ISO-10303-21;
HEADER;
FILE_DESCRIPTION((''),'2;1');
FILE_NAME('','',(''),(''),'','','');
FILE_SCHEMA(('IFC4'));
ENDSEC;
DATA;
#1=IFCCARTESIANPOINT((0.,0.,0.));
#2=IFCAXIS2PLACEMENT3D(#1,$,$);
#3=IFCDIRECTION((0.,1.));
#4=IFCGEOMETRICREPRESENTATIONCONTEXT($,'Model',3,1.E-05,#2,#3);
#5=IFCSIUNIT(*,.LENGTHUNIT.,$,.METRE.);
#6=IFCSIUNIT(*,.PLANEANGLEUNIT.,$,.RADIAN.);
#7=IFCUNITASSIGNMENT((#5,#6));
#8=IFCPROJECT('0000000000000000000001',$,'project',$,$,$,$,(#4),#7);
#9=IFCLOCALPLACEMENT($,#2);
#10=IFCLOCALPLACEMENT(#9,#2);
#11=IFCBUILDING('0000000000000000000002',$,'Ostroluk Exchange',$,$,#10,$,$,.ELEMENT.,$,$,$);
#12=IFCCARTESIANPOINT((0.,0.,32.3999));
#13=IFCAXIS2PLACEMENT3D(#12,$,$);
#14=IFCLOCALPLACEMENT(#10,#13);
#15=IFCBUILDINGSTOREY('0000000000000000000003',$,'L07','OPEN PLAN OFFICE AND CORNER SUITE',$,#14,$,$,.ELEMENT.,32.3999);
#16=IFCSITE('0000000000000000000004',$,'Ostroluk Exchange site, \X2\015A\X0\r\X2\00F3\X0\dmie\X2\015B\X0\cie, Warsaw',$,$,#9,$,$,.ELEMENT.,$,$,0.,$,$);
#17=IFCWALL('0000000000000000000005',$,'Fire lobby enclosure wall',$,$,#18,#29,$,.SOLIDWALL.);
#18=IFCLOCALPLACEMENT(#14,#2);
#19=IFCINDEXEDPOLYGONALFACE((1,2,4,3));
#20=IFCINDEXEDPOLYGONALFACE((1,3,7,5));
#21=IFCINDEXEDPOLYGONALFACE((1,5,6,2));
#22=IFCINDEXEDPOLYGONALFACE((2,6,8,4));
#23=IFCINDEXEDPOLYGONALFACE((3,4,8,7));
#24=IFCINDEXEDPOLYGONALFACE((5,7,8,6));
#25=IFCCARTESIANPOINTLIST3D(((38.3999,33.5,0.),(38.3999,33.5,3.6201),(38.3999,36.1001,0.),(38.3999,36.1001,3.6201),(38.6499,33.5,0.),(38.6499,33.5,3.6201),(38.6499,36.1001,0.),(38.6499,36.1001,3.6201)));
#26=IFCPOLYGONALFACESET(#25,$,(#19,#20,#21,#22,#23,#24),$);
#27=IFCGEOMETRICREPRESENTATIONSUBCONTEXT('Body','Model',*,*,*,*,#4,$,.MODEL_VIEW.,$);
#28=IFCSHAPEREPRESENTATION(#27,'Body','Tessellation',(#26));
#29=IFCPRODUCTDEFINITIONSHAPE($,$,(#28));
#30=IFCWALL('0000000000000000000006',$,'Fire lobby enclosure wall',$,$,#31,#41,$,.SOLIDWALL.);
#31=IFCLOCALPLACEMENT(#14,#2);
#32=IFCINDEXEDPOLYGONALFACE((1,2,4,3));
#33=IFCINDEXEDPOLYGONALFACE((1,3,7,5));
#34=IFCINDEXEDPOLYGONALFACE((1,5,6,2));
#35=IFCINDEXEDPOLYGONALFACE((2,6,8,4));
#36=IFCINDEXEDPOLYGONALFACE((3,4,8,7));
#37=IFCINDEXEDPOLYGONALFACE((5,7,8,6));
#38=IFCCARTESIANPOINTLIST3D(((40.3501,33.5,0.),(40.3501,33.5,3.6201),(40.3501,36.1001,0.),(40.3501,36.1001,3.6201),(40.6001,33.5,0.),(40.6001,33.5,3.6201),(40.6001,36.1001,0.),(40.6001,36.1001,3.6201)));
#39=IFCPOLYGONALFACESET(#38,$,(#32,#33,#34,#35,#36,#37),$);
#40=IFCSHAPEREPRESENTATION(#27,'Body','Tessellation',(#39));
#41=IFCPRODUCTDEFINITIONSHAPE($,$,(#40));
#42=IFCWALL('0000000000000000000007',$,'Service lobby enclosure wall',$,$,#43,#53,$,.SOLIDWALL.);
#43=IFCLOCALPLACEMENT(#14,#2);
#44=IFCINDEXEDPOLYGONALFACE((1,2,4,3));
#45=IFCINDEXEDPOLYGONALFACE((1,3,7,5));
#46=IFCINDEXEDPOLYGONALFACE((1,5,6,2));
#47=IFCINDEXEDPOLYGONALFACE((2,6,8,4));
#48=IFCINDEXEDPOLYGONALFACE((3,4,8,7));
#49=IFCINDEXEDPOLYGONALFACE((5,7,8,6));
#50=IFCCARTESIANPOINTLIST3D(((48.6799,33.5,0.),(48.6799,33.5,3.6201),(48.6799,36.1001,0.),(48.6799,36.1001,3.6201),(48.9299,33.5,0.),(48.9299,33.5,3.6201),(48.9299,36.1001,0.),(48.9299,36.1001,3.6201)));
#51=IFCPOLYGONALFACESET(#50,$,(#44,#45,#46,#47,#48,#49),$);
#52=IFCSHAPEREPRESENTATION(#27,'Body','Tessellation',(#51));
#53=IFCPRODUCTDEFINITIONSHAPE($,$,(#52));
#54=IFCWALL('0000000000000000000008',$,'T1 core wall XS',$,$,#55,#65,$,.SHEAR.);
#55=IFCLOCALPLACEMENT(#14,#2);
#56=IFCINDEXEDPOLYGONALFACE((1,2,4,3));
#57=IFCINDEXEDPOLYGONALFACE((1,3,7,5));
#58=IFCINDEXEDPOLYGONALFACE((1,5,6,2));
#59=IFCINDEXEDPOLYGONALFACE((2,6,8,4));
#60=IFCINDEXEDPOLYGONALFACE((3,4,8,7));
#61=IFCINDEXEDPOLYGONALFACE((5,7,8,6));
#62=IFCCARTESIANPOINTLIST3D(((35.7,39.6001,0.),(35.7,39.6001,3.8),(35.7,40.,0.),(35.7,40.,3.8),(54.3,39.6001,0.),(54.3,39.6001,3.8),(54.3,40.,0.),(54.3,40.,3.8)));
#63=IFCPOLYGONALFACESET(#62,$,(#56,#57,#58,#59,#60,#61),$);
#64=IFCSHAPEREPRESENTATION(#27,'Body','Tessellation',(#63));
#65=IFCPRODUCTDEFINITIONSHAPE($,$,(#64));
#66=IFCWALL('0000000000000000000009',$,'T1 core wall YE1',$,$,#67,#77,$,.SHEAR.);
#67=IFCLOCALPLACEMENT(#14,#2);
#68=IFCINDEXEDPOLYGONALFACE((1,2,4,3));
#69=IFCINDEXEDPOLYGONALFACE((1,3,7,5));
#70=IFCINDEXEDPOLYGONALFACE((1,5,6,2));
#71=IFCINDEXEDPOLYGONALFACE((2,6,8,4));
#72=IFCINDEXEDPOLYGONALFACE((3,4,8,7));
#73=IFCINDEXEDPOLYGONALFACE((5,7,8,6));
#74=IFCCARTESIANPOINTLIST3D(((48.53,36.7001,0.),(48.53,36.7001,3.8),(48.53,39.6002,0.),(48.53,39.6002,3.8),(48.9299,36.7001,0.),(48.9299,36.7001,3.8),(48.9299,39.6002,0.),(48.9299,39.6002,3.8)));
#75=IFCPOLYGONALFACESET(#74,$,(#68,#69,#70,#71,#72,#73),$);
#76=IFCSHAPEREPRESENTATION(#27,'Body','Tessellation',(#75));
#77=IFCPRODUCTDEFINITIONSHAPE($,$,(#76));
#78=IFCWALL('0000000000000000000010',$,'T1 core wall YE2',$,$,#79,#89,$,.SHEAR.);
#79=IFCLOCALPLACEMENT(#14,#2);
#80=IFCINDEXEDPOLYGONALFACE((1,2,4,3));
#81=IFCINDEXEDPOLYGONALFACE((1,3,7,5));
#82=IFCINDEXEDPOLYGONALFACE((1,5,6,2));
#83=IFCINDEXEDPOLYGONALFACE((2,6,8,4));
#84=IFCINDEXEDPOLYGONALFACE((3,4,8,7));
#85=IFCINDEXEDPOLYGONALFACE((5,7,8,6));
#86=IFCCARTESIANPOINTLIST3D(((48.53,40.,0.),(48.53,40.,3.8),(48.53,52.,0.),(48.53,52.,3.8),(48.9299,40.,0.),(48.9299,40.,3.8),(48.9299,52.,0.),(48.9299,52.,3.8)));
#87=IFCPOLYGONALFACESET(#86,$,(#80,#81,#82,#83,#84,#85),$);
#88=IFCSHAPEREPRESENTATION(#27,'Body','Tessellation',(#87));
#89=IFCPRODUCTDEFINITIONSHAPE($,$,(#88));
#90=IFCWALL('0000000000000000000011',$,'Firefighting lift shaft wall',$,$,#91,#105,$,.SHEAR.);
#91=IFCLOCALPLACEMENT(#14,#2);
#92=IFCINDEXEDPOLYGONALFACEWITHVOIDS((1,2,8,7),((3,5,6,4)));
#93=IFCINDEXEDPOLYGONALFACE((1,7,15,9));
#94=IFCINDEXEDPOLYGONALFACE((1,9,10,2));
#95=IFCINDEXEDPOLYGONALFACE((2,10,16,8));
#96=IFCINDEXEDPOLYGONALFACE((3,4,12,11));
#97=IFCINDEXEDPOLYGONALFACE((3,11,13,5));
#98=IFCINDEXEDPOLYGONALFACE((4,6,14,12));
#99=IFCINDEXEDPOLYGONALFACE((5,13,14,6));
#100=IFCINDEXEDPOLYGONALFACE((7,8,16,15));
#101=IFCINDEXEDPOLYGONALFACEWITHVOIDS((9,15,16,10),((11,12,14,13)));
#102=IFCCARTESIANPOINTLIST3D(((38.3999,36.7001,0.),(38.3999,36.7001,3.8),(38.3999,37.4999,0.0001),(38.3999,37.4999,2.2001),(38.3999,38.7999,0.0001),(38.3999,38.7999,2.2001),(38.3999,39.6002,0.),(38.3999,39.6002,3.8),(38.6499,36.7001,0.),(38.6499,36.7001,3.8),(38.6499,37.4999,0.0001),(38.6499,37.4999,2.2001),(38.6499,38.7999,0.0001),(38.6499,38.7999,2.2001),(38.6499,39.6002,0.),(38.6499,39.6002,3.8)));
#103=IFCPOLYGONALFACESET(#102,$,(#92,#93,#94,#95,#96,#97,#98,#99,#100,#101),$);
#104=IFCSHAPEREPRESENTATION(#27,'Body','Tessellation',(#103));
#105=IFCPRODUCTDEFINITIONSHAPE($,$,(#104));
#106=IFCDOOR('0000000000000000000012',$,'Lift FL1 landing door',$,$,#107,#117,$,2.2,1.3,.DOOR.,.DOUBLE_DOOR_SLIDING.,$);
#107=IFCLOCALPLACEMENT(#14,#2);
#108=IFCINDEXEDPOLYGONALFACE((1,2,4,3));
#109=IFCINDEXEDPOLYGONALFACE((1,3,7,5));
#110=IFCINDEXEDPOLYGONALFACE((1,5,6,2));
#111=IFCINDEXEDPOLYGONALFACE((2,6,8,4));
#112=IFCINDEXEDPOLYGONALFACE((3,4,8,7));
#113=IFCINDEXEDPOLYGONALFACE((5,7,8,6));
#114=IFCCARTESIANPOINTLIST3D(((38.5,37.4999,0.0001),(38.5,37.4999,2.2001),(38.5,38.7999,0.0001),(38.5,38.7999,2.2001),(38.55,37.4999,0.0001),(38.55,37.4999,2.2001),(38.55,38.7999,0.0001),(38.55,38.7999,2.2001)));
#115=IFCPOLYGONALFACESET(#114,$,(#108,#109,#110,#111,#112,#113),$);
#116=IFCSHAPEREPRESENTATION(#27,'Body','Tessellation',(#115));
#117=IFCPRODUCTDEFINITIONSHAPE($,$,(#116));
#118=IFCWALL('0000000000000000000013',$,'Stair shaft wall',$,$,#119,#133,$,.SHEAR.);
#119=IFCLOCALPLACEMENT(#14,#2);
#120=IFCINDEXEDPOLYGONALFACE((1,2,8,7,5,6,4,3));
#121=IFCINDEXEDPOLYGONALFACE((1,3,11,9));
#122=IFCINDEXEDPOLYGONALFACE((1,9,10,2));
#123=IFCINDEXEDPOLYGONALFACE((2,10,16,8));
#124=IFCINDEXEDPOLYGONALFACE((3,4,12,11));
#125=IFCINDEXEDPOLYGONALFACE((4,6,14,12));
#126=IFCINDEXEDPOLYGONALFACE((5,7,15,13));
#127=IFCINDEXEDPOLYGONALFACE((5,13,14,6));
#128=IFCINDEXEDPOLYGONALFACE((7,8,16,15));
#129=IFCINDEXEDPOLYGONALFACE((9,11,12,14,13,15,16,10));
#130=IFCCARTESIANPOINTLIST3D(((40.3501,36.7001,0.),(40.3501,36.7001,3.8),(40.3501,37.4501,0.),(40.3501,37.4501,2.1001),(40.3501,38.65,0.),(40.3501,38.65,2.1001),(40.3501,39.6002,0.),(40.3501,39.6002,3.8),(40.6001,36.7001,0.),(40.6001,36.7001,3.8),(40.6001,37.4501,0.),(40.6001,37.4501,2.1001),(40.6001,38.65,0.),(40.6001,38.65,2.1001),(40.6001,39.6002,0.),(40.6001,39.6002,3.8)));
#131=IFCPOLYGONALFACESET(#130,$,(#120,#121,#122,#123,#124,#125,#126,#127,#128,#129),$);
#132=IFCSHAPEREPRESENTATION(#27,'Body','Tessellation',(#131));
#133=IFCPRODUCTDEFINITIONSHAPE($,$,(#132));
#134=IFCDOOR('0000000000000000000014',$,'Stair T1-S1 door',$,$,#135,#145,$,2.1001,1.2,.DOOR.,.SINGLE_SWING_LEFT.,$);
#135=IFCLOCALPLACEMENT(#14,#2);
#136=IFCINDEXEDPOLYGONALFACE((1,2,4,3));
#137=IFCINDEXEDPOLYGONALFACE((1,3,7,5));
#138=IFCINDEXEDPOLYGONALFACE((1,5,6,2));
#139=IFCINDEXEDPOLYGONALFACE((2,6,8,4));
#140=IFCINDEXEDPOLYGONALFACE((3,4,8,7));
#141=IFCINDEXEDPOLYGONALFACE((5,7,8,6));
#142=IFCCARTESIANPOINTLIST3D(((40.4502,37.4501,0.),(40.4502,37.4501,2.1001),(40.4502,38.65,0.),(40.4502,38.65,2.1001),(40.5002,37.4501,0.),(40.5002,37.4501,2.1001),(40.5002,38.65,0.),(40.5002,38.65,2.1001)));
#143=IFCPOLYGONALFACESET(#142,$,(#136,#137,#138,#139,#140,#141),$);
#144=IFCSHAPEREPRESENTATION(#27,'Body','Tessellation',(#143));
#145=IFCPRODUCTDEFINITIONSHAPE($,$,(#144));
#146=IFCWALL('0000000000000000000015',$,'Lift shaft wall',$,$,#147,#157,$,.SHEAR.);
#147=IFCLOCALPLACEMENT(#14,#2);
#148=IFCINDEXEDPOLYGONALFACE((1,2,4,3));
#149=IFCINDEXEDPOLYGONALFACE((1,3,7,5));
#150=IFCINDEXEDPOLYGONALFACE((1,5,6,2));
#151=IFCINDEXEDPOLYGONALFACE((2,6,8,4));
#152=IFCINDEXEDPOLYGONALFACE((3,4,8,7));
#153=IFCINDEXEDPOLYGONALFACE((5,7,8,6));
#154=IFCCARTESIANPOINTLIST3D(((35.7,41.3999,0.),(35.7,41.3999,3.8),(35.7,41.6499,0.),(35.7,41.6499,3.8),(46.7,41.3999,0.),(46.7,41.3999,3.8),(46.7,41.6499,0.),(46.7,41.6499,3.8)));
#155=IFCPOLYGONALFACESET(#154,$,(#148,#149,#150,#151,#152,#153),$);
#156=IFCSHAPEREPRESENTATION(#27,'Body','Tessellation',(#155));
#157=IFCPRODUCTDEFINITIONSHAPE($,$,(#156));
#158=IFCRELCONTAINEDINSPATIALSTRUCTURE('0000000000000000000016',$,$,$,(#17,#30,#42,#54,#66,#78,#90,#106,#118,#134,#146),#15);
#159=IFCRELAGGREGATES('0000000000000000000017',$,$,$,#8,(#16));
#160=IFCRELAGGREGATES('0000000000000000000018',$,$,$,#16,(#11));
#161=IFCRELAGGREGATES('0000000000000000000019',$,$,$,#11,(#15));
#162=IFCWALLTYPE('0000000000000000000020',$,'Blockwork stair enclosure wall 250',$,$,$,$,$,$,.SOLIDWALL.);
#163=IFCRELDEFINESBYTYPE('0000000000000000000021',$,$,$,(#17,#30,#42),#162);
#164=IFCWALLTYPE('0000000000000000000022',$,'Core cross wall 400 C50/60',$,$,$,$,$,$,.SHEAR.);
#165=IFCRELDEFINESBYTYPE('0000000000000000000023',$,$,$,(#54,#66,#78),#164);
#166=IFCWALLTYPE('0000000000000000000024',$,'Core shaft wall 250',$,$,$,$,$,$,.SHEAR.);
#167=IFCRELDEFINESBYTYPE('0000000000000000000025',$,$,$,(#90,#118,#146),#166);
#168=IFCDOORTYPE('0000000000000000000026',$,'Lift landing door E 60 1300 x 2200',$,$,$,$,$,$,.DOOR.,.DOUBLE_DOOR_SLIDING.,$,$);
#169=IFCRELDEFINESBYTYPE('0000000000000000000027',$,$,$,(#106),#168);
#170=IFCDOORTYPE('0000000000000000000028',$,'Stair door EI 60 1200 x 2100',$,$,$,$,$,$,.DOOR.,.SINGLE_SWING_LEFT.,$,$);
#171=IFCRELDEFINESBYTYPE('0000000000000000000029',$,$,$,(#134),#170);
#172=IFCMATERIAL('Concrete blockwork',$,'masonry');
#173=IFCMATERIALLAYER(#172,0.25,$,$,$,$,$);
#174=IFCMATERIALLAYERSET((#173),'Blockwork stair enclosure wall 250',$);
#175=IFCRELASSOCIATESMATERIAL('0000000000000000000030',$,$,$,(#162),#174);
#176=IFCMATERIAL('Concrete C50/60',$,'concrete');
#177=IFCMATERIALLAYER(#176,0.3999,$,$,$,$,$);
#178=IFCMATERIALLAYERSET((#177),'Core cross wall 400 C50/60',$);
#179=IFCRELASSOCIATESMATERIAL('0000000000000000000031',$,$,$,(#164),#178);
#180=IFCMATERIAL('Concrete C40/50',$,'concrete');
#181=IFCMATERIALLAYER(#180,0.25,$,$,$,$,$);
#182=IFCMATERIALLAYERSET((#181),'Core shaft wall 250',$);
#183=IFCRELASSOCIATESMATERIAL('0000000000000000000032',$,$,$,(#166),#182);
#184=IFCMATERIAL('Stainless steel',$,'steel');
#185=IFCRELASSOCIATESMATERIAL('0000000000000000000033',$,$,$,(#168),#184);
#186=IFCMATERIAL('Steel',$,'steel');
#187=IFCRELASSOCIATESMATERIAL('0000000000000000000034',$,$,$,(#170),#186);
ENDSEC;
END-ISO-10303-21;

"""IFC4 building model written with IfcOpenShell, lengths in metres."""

from ifc_helpers import new_model, si_unit, direction, frame, frame_2d, origin, place, context, subcontext, project, spatial, rectangle, extrude, material, layer, layer_set, type_object, element, fill, save


model = new_model("IFC4")

# Units and contexts
model_context = context("Model", 3, precision=1e-05, world=origin(), true_north=direction((0.0, 1.0)))
body_context = subcontext(model_context, "Body", "Model", "MODEL_VIEW")
ifc_project = project(units=[si_unit("LENGTHUNIT", "METRE"), si_unit("PLANEANGLEUNIT", "RADIAN")], contexts=[model_context])

# Site, building, storey
site_placement = place(None, origin())
site = spatial("IfcSite", under=ifc_project, at=site_placement, Name="Ostroluk Exchange site, Śródmieście, Warsaw", CompositionType="ELEMENT", RefElevation=0.0)
building_placement = place(site_placement, origin())
building = spatial("IfcBuilding", under=site, at=building_placement, Name="Ostroluk Exchange", CompositionType="ELEMENT")
storey_placement = place(building_placement, frame((0.0, 0.0, 32.3999)))
storey = spatial("IfcBuildingStorey", under=building, at=storey_placement, Name="L07", Description="OPEN PLAN OFFICE AND CORNER SUITE", CompositionType="ELEMENT", Elevation=32.3999)

# Walls
ifc_material_1 = material(Name="Concrete blockwork", Category="masonry")
ifc_layer_1 = layer(ifc_material_1, 0.25)
ifc_layer_set_1 = layer_set([ifc_layer_1], Name="Blockwork stair enclosure wall 250")
wall_type_1 = type_object("IfcWallType", Name="Blockwork stair enclosure wall 250", PredefinedType="SOLIDWALL", material=ifc_layer_set_1)
for number, where, z_axis, x_axis, name in (
    (1, (38.5249, 33.5, 0.0), (0.0, 0.0, 1.0), (0.0, 1.0, 0.0), "Fire lobby enclosure wall"),
    (2, (40.4751, 33.5, 0.0), (0.0, 0.0, 1.0), (0.0, 1.0, 0.0), "Fire lobby enclosure wall"),
    (3, (48.8049, 33.5, 0.0), (0.0, 0.0, 1.0), (0.0, 1.0, 0.0), "Service lobby enclosure wall"),
):
    element("IfcWall", number, at=place(storey_placement, frame(where, z_axis=z_axis, x_axis=x_axis)), inside=storey, type_object=wall_type_1, Name=name, PredefinedType="SOLIDWALL", context=body_context, shape_type="SweptSolid", body=[
        extrude(rectangle(XDim=2.6001, YDim=0.25, at=frame_2d((1.3, 0.0))), origin(), (0.0, 0.0, 1.0), 3.6201),
    ])
ifc_material_2 = material(Name="Concrete C50/60", Category="concrete")
ifc_layer_2 = layer(ifc_material_2, 0.3999)
ifc_layer_set_2 = layer_set([ifc_layer_2], Name="Core cross wall 400 C50/60")
wall_type_2 = type_object("IfcWallType", Name="Core cross wall 400 C50/60", PredefinedType="SHEAR", material=ifc_layer_set_2)
wall_1_placement = place(storey_placement, frame((35.7, 39.8, 0.0), z_axis=(0.0, 0.0, 1.0), x_axis=(1.0, 0.0, 0.0)))
element("IfcWall", 4, at=wall_1_placement, inside=storey, type_object=wall_type_2, Name="T1 core wall XS", PredefinedType="SHEAR", context=body_context, shape_type="SweptSolid", body=[
    extrude(rectangle(XDim=18.6001, YDim=0.3999, at=frame_2d((9.3, 0.0))), origin(), (0.0, 0.0, 1.0), 3.8),
])
wall_2_placement = place(storey_placement, frame((48.73, 36.7, 0.0), z_axis=(0.0, 0.0, 1.0), x_axis=(0.0, 1.0, 0.0)))
element("IfcWall", 5, at=wall_2_placement, inside=storey, type_object=wall_type_2, Name="T1 core wall YE1", PredefinedType="SHEAR", context=body_context, shape_type="SweptSolid", body=[
    extrude(rectangle(XDim=2.9001, YDim=0.3999, at=frame_2d((1.4502, 0.0))), origin(), (0.0, 0.0, 1.0), 3.8),
])
wall_3_placement = place(storey_placement, frame((48.73, 40.0, 0.0), z_axis=(0.0, 0.0, 1.0), x_axis=(0.0, 1.0, 0.0)))
element("IfcWall", 6, at=wall_3_placement, inside=storey, type_object=wall_type_2, Name="T1 core wall YE2", PredefinedType="SHEAR", context=body_context, shape_type="SweptSolid", body=[
    extrude(rectangle(XDim=12.0, YDim=0.3999, at=frame_2d((6.0, 0.0))), origin(), (0.0, 0.0, 1.0), 3.8),
])

# Walls, openings, doors
ifc_material_3 = material(Name="Concrete C40/50", Category="concrete")
ifc_layer_3 = layer(ifc_material_3, 0.25)
ifc_layer_set_3 = layer_set([ifc_layer_3], Name="Core shaft wall 250")
wall_type_3 = type_object("IfcWallType", Name="Core shaft wall 250", PredefinedType="SHEAR", material=ifc_layer_set_3)
wall_4_placement = place(storey_placement, frame((38.5249, 36.7, 0.0), z_axis=(0.0, 0.0, 1.0), x_axis=(0.0, 1.0, 0.0)))
wall_4 = element("IfcWall", 7, at=wall_4_placement, inside=storey, type_object=wall_type_3, Name="Firefighting lift shaft wall", PredefinedType="SHEAR", context=body_context, shape_type="SweptSolid", body=[
    extrude(rectangle(XDim=2.9001, YDim=0.25, at=frame_2d((1.4502, 0.0))), origin(), (0.0, 0.0, 1.0), 3.8),
])
opening_1_placement = place(wall_4_placement, frame((0.8, 0.0, 0.0)))
opening_1 = element("IfcOpeningElement", 8, at=opening_1_placement, cuts=wall_4, PredefinedType="OPENING", context=body_context, shape_type="SweptSolid", body=[
    extrude(rectangle(XDim=1.3, YDim=2.2, at=frame_2d((0.6499, 1.1001))), frame((0.0, 0.135, 0.0), z_axis=(0.0, -1.0, 0.0), x_axis=(1.0, 0.0, 0.0)), (0.0, 0.0, 1.0), 0.27),
])
ifc_material_4 = material(Name="Stainless steel", Category="steel")
door_type_1 = type_object("IfcDoorType", Name="Lift landing door E 60 1300 x 2200", OperationType="DOUBLE_DOOR_SLIDING", PredefinedType="DOOR", material=ifc_material_4)
door_1_placement = place(opening_1_placement, origin())
door_1 = element("IfcDoor", 9, at=door_1_placement, inside=storey, type_object=door_type_1, Name="Lift FL1 landing door", OperationType="DOUBLE_DOOR_SLIDING", OverallHeight=2.2, OverallWidth=1.3, PredefinedType="DOOR", context=body_context, shape_type="SweptSolid", body=[
    extrude(rectangle(XDim=1.3, YDim=2.2, at=frame_2d((0.6499, 1.1001))), frame((0.0, 0.0249, 0.0), z_axis=(0.0, -1.0, 0.0), x_axis=(1.0, 0.0, 0.0)), (0.0, 0.0, 1.0), 0.05),
])
fill(opening_1, door_1)
wall_5_placement = place(storey_placement, frame((40.4751, 36.7, 0.0), z_axis=(0.0, 0.0, 1.0), x_axis=(0.0, 1.0, 0.0)))
wall_5 = element("IfcWall", 10, at=wall_5_placement, inside=storey, type_object=wall_type_3, Name="Stair shaft wall", PredefinedType="SHEAR", context=body_context, shape_type="SweptSolid", body=[
    extrude(rectangle(XDim=2.9001, YDim=0.25, at=frame_2d((1.4502, 0.0))), origin(), (0.0, 0.0, 1.0), 3.8),
])
opening_2_placement = place(wall_5_placement, frame((0.75, 0.0, 0.0)))
opening_2 = element("IfcOpeningElement", 11, at=opening_2_placement, cuts=wall_5, PredefinedType="OPENING", context=body_context, shape_type="SweptSolid", body=[
    extrude(rectangle(XDim=1.2, YDim=2.1001, at=frame_2d((0.6001, 1.05))), frame((0.0, 0.135, 0.0), z_axis=(0.0, -1.0, 0.0), x_axis=(1.0, 0.0, 0.0)), (0.0, 0.0, 1.0), 0.27),
])
ifc_material_5 = material(Name="Steel", Category="steel")
door_type_2 = type_object("IfcDoorType", Name="Stair door EI 60 1200 x 2100", OperationType="SINGLE_SWING_LEFT", PredefinedType="DOOR", material=ifc_material_5)
door_2_placement = place(opening_2_placement, origin())
door_2 = element("IfcDoor", 12, at=door_2_placement, inside=storey, type_object=door_type_2, Name="Stair T1-S1 door", OperationType="SINGLE_SWING_LEFT", OverallHeight=2.1001, OverallWidth=1.2, PredefinedType="DOOR", context=body_context, shape_type="SweptSolid", body=[
    extrude(rectangle(XDim=1.2, YDim=2.1001, at=frame_2d((0.6001, 1.05))), frame((0.0, 0.0249, 0.0), z_axis=(0.0, -1.0, 0.0), x_axis=(1.0, 0.0, 0.0)), (0.0, 0.0, 1.0), 0.05),
])
fill(opening_2, door_2)

# Wall
wall_6_placement = place(storey_placement, frame((35.7, 41.5249, 0.0), z_axis=(0.0, 0.0, 1.0), x_axis=(1.0, 0.0, 0.0)))
element("IfcWall", 13, at=wall_6_placement, inside=storey, type_object=wall_type_3, Name="Lift shaft wall", PredefinedType="SHEAR", context=body_context, shape_type="SweptSolid", body=[
    extrude(rectangle(XDim=11.0, YDim=0.25, at=frame_2d((5.5, 0.0))), origin(), (0.0, 0.0, 1.0), 3.8),
])

save(model, "model.ifc")
